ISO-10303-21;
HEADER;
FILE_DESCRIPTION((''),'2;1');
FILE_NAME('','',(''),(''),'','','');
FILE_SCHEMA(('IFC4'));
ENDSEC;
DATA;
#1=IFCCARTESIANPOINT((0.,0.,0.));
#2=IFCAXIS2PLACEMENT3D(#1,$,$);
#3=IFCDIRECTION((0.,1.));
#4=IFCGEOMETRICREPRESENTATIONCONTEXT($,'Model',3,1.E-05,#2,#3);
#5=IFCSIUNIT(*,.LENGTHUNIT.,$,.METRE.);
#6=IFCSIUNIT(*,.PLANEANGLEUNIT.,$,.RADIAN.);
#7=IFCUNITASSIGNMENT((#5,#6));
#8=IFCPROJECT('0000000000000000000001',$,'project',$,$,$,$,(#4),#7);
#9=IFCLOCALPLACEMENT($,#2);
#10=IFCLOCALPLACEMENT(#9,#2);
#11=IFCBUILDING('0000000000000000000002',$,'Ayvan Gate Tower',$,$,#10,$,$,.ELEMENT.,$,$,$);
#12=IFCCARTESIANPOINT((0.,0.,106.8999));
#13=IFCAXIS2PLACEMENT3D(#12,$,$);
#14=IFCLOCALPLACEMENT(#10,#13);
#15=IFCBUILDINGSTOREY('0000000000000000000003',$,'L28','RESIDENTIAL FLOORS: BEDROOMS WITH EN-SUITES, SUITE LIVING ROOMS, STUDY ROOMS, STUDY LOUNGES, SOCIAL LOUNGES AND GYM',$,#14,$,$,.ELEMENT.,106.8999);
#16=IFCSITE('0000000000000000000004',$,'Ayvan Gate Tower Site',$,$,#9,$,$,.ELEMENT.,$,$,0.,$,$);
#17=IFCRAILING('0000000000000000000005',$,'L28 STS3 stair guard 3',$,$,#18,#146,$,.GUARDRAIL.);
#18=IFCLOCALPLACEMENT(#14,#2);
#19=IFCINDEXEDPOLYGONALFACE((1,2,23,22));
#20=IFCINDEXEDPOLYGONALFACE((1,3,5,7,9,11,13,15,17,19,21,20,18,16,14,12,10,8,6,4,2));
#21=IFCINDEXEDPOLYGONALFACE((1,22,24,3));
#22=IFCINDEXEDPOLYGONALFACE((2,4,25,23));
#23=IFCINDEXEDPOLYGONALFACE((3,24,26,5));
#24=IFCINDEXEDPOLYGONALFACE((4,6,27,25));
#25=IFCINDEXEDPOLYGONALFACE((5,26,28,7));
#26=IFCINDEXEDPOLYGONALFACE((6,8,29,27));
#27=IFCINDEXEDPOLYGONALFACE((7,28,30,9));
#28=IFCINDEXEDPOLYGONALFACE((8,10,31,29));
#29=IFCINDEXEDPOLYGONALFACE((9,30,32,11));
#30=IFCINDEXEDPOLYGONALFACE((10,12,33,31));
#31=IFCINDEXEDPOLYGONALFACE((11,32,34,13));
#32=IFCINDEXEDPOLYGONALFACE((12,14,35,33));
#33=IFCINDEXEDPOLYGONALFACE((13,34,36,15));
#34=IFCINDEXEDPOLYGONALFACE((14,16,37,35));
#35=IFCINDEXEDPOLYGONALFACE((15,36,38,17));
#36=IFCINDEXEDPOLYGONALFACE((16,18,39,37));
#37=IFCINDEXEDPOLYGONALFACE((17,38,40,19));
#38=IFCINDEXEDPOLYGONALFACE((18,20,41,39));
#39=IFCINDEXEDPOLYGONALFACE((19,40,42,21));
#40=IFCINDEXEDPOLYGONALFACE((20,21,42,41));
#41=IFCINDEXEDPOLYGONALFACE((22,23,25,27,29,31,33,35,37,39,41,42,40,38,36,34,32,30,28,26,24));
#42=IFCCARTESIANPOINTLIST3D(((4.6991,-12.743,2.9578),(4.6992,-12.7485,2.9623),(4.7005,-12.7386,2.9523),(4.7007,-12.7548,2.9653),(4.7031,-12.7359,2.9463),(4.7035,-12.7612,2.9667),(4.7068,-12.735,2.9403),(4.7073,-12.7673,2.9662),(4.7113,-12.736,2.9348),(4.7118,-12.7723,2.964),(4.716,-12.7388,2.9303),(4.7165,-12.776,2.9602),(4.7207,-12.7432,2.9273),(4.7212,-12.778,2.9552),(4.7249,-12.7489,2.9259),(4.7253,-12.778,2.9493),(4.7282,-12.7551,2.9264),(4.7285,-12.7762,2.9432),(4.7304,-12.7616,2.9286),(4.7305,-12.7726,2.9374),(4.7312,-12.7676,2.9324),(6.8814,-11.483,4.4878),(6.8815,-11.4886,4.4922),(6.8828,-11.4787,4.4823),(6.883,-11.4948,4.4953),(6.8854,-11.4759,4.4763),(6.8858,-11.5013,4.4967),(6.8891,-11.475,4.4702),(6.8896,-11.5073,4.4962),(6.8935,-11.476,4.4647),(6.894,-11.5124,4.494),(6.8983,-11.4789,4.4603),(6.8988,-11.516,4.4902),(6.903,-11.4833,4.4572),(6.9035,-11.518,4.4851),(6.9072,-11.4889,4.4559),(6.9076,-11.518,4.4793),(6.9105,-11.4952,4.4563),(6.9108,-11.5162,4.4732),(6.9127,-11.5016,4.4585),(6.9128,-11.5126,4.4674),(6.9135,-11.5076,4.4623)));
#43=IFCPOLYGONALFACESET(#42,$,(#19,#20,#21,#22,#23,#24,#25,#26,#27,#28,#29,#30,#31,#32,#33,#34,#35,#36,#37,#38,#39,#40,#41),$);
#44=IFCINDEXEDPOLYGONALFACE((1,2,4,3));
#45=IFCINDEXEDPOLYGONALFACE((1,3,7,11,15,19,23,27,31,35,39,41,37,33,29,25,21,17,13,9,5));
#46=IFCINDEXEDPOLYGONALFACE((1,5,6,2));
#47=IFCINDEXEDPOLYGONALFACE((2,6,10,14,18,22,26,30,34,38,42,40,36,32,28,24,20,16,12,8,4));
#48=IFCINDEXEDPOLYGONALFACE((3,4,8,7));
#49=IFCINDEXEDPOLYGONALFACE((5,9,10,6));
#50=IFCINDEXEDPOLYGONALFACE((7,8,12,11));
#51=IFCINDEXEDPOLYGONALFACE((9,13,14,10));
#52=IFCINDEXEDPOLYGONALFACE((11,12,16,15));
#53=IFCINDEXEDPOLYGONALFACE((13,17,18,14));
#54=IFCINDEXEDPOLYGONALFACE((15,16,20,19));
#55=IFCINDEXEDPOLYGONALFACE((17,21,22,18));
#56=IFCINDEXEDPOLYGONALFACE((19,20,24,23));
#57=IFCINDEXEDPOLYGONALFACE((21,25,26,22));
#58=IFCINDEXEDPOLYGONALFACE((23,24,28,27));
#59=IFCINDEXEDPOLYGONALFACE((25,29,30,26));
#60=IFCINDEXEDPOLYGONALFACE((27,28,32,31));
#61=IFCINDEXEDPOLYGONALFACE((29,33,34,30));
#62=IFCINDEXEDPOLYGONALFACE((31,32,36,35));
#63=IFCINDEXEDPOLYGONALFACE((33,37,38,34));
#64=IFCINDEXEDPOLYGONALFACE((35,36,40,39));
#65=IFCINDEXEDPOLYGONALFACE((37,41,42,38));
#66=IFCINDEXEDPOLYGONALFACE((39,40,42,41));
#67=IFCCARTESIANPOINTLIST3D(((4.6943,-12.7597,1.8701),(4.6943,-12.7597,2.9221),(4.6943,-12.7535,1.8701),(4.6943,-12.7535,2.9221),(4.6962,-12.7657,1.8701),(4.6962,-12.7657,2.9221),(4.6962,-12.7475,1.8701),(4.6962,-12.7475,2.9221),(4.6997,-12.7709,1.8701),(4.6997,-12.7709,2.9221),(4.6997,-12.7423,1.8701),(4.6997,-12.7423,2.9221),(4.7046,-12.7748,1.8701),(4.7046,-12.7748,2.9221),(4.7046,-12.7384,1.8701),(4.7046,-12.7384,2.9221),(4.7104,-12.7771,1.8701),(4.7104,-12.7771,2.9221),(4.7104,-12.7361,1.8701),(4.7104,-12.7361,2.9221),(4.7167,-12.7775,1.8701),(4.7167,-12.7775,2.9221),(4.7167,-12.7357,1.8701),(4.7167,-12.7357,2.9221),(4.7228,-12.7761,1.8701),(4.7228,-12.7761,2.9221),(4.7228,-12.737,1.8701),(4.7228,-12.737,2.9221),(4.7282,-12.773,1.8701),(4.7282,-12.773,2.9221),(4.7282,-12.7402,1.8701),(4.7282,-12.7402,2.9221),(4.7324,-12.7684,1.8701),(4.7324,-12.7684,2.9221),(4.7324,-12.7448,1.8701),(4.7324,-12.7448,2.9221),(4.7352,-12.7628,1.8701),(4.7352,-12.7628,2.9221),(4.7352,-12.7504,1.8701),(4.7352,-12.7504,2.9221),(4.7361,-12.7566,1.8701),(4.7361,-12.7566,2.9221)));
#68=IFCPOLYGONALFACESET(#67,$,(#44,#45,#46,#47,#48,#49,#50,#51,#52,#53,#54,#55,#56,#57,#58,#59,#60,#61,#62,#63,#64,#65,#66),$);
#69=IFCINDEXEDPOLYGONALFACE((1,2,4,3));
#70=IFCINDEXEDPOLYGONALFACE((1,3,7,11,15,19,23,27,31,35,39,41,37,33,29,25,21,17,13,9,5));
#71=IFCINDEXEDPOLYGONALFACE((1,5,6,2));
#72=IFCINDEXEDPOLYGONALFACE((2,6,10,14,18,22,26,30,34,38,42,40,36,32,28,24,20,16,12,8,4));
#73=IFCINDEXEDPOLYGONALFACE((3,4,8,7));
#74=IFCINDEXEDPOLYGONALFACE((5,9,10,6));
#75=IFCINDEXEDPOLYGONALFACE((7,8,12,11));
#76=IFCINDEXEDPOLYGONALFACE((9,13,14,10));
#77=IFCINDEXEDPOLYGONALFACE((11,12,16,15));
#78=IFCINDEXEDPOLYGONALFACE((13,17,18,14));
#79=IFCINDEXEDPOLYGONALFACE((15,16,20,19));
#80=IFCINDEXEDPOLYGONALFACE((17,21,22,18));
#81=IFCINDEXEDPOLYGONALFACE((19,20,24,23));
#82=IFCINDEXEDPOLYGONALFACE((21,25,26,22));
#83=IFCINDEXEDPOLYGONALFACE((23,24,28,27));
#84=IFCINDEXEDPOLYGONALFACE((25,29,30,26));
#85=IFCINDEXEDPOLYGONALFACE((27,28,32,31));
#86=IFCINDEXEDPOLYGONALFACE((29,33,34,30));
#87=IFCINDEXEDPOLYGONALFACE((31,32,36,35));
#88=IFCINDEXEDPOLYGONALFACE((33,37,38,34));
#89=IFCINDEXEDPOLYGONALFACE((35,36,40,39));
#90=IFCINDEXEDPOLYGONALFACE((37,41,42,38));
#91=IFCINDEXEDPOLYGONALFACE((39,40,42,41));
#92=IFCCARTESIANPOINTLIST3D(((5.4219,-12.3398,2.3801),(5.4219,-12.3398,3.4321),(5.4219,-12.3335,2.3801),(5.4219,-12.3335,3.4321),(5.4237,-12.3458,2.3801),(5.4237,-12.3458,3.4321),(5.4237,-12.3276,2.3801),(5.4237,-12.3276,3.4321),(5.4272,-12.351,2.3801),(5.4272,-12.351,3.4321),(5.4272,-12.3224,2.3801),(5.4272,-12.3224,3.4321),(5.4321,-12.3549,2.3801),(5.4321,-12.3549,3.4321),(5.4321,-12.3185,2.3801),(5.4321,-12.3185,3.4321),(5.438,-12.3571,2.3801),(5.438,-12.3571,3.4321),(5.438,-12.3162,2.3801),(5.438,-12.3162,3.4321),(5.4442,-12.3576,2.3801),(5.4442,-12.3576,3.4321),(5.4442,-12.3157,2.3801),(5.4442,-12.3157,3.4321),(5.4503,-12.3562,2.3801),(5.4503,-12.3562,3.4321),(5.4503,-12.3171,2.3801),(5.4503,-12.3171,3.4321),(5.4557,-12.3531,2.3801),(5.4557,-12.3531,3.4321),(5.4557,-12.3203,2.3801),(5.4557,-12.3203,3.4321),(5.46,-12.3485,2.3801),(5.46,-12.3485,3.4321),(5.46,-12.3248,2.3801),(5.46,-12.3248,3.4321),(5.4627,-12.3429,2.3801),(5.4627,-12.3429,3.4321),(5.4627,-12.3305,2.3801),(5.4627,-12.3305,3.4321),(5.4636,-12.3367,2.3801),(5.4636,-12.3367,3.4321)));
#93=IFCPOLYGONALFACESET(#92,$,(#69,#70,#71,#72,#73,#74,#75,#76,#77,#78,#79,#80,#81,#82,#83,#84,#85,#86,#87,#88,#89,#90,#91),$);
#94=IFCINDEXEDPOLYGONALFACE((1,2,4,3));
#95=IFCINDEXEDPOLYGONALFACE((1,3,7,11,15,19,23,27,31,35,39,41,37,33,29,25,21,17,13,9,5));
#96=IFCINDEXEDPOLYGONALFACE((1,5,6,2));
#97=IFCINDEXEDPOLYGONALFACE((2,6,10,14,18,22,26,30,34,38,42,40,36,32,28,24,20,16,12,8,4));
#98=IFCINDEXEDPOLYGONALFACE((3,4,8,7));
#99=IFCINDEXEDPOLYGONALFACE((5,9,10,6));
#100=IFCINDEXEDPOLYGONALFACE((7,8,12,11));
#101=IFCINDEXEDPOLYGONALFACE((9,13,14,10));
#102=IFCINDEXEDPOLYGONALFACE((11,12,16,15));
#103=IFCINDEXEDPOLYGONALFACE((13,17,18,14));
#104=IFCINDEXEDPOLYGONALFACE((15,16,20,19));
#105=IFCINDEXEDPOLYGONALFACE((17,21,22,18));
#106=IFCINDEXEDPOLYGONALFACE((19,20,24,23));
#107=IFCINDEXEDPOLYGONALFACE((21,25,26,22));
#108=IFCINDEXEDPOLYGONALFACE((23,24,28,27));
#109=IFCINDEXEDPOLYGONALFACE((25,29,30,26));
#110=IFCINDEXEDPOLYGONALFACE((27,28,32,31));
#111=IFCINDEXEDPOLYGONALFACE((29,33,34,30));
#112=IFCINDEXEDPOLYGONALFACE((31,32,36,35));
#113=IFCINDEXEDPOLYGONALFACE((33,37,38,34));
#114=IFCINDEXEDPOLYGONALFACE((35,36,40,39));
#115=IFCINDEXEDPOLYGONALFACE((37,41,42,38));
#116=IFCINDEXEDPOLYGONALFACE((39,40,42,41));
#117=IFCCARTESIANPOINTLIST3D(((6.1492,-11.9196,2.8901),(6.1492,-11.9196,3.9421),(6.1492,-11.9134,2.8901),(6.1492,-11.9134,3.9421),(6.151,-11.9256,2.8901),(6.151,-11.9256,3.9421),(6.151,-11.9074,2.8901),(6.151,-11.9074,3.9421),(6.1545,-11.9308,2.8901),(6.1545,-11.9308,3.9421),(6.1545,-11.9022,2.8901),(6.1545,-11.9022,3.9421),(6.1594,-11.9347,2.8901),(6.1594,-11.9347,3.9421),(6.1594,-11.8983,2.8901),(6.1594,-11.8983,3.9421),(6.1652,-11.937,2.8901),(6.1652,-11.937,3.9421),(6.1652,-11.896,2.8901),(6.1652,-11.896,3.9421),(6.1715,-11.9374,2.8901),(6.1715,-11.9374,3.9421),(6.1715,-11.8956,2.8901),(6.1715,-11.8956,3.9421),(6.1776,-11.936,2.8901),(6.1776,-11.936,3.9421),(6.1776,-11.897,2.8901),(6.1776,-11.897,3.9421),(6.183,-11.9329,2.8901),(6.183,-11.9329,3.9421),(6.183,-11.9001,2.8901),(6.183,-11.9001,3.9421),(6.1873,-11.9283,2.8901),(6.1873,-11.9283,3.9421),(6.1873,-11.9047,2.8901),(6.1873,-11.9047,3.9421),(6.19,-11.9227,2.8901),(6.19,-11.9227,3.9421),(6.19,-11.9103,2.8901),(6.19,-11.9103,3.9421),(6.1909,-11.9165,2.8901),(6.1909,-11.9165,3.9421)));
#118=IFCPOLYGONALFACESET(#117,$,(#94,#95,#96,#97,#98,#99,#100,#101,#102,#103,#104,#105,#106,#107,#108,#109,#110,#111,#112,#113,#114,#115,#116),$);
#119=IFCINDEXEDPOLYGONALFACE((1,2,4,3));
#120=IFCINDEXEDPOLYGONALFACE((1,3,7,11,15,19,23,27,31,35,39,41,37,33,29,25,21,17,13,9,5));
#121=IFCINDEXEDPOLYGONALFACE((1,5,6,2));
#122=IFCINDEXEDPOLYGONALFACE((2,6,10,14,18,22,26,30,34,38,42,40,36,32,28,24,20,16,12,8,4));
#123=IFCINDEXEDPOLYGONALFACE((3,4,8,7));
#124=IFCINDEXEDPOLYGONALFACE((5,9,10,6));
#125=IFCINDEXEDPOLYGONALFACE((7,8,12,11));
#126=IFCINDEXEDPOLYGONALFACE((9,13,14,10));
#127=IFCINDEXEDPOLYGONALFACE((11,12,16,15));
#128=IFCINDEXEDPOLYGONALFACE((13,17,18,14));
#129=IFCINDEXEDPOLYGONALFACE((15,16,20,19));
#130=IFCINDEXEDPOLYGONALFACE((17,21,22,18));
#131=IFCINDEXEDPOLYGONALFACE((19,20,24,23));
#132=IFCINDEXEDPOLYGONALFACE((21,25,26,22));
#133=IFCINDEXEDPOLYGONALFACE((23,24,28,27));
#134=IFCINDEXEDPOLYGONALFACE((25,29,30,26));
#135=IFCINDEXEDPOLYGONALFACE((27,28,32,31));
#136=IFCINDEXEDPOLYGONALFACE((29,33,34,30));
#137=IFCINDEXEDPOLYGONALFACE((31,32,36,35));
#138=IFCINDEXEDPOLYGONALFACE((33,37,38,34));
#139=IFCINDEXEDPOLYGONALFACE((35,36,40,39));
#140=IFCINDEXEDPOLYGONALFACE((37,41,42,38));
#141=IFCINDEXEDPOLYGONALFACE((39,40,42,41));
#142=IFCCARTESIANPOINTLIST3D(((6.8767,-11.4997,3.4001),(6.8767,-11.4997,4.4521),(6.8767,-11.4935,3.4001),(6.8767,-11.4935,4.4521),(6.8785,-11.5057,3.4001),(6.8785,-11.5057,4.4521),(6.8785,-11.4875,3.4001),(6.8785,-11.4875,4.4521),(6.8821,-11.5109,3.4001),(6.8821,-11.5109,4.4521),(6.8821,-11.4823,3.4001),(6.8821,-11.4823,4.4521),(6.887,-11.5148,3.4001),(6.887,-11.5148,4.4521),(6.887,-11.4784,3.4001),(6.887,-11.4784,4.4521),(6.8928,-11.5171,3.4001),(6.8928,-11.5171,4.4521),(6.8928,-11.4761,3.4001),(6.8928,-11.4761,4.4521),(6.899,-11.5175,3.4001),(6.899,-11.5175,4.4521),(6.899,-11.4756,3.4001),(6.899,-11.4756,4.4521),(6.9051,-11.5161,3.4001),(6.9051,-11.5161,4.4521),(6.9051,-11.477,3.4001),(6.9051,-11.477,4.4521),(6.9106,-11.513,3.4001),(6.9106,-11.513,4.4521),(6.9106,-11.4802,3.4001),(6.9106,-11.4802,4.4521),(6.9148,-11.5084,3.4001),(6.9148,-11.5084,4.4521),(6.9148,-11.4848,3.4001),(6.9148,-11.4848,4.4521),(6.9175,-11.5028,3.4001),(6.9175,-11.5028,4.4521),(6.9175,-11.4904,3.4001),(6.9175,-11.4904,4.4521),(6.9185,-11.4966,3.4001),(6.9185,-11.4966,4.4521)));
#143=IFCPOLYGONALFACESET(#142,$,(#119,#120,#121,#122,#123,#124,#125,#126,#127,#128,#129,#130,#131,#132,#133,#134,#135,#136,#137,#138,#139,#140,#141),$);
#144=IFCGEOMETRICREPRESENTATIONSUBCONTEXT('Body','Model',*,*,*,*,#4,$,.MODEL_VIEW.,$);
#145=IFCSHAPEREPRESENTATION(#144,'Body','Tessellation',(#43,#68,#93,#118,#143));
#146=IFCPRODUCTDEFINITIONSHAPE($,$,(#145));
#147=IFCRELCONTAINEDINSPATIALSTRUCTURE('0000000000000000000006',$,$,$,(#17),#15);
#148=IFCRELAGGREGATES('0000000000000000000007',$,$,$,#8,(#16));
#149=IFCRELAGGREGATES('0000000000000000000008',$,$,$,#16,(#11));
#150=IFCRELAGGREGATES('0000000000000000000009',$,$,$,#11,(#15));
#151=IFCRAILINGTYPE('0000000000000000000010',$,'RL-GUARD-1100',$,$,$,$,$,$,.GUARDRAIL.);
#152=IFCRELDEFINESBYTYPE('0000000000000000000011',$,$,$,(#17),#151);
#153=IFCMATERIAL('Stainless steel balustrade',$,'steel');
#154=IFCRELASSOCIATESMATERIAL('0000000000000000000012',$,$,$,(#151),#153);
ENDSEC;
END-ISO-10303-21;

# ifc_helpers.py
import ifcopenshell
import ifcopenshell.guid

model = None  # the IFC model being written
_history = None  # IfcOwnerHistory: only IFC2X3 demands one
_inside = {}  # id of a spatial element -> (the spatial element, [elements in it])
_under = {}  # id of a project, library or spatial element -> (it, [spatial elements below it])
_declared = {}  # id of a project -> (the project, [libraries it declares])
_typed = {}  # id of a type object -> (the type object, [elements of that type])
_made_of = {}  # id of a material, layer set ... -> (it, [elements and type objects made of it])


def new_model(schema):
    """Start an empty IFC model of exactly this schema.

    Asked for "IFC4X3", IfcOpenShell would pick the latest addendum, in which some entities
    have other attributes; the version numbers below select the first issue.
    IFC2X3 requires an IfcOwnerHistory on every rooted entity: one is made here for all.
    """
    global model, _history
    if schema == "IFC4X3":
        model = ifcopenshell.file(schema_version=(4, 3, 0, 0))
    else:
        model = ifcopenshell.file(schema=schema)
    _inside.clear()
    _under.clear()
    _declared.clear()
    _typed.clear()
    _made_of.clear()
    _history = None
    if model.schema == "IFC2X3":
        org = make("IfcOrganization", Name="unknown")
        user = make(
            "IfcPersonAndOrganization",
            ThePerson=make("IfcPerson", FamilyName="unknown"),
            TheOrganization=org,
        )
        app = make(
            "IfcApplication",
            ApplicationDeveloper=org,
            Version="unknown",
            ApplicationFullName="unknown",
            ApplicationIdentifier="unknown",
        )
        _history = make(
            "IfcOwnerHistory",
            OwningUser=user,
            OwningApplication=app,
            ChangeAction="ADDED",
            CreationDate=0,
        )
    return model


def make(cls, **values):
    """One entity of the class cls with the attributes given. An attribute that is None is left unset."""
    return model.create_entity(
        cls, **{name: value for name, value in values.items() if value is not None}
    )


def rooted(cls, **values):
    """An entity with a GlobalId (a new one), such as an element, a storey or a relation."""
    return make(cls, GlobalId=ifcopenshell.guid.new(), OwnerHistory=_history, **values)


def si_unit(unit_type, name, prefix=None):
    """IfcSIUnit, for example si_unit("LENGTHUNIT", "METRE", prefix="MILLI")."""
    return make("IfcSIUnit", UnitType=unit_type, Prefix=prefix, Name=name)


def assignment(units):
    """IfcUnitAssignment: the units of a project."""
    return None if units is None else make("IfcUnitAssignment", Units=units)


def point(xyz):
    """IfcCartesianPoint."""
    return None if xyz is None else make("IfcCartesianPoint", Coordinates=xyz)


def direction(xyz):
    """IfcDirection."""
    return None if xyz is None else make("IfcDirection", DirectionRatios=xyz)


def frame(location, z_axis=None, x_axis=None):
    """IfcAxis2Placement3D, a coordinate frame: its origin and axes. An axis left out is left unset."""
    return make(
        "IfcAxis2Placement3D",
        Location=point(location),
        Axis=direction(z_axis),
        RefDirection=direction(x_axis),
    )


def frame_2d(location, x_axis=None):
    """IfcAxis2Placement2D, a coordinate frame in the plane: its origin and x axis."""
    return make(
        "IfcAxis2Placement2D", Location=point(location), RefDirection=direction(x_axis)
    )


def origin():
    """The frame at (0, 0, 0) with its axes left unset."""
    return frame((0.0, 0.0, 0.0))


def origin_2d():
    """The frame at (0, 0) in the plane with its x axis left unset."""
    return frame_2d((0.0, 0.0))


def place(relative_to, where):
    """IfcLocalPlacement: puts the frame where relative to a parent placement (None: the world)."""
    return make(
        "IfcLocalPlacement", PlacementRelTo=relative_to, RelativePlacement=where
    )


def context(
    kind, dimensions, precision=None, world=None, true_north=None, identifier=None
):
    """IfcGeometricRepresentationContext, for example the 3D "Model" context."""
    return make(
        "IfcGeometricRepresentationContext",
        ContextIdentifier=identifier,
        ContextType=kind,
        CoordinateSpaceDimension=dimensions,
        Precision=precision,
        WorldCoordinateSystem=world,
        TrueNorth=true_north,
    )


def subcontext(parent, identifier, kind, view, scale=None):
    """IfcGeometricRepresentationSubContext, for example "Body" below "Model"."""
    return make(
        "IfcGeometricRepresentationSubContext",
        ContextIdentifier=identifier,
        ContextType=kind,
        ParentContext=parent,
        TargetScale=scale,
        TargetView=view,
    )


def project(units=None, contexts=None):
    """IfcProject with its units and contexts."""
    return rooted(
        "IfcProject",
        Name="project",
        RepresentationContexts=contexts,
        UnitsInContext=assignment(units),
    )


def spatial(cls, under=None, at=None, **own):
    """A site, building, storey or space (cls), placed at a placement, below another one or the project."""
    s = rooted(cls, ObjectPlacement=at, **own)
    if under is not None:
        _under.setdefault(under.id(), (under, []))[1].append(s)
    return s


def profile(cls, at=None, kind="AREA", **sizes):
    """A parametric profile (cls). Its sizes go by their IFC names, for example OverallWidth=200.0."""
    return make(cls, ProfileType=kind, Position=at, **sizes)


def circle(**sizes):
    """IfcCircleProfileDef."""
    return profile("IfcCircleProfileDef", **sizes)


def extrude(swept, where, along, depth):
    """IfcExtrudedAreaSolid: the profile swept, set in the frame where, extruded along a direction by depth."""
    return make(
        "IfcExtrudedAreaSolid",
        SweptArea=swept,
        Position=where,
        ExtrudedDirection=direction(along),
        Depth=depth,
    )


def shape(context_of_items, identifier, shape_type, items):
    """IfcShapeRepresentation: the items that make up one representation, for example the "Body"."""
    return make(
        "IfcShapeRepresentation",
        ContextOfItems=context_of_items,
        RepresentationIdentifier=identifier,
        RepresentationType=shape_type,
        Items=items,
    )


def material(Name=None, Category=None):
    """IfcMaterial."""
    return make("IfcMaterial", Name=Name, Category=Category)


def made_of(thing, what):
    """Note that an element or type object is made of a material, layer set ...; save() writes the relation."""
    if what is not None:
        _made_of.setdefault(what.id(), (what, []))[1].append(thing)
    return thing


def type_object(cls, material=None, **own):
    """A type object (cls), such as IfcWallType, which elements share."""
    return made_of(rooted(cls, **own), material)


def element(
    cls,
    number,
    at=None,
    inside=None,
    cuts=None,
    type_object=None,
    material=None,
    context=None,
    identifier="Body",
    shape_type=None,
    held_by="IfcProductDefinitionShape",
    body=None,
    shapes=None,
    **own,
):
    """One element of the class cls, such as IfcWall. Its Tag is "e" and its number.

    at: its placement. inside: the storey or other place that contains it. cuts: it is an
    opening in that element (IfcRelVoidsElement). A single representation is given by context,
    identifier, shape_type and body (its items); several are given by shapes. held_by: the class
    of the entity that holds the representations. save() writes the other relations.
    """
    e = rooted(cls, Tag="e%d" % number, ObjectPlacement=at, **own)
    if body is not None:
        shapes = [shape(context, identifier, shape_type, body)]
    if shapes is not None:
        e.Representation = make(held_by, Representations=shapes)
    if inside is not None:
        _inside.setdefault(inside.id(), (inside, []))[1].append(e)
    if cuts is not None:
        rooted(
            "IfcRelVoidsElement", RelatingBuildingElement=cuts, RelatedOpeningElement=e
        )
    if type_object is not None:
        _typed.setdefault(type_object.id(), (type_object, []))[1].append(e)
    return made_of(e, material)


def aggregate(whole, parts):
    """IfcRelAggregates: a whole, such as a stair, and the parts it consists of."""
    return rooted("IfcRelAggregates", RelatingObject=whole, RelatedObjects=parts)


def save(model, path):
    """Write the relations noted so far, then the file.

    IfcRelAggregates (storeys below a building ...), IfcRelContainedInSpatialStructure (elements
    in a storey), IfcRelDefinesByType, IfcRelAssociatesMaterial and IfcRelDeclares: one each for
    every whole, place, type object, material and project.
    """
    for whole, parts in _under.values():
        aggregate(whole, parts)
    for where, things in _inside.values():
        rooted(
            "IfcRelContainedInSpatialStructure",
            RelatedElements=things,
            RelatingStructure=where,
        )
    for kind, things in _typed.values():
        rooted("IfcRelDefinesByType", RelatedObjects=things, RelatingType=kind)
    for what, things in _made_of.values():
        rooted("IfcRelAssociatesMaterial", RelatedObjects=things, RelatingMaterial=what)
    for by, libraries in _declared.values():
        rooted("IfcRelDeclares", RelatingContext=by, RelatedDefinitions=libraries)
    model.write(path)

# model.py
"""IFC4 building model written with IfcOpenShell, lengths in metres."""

from ifc_helpers import new_model, si_unit, direction, frame, origin, origin_2d, place, context, subcontext, project, spatial, circle, extrude, material, type_object, element, save


model = new_model("IFC4")

# Units and contexts
model_context = context("Model", 3, precision=1e-05, world=origin(), true_north=direction((0.0, 1.0)))
body_context = subcontext(model_context, "Body", "Model", "MODEL_VIEW")
ifc_project = project(units=[si_unit("LENGTHUNIT", "METRE"), si_unit("PLANEANGLEUNIT", "RADIAN")], contexts=[model_context])

# Site, building, storey
site_placement = place(None, origin())
site = spatial("IfcSite", under=ifc_project, at=site_placement, Name="Ayvan Gate Tower Site", CompositionType="ELEMENT", RefElevation=0.0)
building_placement = place(site_placement, origin())
building = spatial("IfcBuilding", under=site, at=building_placement, Name="Ayvan Gate Tower", CompositionType="ELEMENT")
storey_placement = place(building_placement, frame((0.0, 0.0, 106.8999)))
storey = spatial("IfcBuildingStorey", under=building, at=storey_placement, Name="L28", Description="RESIDENTIAL FLOORS: BEDROOMS WITH EN-SUITES, SUITE LIVING ROOMS, STUDY ROOMS, STUDY LOUNGES, SOCIAL LOUNGES AND GYM", CompositionType="ELEMENT", Elevation=106.8999)

# Railing
ifc_material_1 = material(Name="Stainless steel balustrade", Category="steel")
railing_type_1 = type_object("IfcRailingType", Name="RL-GUARD-1100", PredefinedType="GUARDRAIL", material=ifc_material_1)
railing_1_placement = place(storey_placement, frame((4.7151, -12.7566, 1.8701)))
element("IfcRailing", 1, at=railing_1_placement, inside=storey, type_object=railing_type_1, Name="L28 STS3 stair guard 3", PredefinedType="GUARDRAIL", context=body_context, shape_type="SweptSolid", body=[
    extrude(circle(Radius=0.0239, at=origin_2d()), frame((0.0, 0.0, 1.0762), z_axis=(0.740261, 0.427395, 0.518986), x_axis=(-0.500005, 0.866023, 0.0)), (0.0, 0.0, 1.0), 2.948),
    extrude(circle(Radius=0.021, at=origin_2d()), origin(), (0.0, 0.0, 1.0), 1.052),
    extrude(circle(Radius=0.021, at=origin_2d()), frame((0.7275, 0.4199, 0.51)), (0.0, 0.0, 1.0), 1.052),
    extrude(circle(Radius=0.021, at=origin_2d()), frame((1.4548, 0.8401, 1.02)), (0.0, 0.0, 1.0), 1.052),
    extrude(circle(Radius=0.021, at=origin_2d()), frame((2.1824, 1.26, 1.53)), (0.0, 0.0, 1.0), 1.052),
])

save(model, "model.ifc")
